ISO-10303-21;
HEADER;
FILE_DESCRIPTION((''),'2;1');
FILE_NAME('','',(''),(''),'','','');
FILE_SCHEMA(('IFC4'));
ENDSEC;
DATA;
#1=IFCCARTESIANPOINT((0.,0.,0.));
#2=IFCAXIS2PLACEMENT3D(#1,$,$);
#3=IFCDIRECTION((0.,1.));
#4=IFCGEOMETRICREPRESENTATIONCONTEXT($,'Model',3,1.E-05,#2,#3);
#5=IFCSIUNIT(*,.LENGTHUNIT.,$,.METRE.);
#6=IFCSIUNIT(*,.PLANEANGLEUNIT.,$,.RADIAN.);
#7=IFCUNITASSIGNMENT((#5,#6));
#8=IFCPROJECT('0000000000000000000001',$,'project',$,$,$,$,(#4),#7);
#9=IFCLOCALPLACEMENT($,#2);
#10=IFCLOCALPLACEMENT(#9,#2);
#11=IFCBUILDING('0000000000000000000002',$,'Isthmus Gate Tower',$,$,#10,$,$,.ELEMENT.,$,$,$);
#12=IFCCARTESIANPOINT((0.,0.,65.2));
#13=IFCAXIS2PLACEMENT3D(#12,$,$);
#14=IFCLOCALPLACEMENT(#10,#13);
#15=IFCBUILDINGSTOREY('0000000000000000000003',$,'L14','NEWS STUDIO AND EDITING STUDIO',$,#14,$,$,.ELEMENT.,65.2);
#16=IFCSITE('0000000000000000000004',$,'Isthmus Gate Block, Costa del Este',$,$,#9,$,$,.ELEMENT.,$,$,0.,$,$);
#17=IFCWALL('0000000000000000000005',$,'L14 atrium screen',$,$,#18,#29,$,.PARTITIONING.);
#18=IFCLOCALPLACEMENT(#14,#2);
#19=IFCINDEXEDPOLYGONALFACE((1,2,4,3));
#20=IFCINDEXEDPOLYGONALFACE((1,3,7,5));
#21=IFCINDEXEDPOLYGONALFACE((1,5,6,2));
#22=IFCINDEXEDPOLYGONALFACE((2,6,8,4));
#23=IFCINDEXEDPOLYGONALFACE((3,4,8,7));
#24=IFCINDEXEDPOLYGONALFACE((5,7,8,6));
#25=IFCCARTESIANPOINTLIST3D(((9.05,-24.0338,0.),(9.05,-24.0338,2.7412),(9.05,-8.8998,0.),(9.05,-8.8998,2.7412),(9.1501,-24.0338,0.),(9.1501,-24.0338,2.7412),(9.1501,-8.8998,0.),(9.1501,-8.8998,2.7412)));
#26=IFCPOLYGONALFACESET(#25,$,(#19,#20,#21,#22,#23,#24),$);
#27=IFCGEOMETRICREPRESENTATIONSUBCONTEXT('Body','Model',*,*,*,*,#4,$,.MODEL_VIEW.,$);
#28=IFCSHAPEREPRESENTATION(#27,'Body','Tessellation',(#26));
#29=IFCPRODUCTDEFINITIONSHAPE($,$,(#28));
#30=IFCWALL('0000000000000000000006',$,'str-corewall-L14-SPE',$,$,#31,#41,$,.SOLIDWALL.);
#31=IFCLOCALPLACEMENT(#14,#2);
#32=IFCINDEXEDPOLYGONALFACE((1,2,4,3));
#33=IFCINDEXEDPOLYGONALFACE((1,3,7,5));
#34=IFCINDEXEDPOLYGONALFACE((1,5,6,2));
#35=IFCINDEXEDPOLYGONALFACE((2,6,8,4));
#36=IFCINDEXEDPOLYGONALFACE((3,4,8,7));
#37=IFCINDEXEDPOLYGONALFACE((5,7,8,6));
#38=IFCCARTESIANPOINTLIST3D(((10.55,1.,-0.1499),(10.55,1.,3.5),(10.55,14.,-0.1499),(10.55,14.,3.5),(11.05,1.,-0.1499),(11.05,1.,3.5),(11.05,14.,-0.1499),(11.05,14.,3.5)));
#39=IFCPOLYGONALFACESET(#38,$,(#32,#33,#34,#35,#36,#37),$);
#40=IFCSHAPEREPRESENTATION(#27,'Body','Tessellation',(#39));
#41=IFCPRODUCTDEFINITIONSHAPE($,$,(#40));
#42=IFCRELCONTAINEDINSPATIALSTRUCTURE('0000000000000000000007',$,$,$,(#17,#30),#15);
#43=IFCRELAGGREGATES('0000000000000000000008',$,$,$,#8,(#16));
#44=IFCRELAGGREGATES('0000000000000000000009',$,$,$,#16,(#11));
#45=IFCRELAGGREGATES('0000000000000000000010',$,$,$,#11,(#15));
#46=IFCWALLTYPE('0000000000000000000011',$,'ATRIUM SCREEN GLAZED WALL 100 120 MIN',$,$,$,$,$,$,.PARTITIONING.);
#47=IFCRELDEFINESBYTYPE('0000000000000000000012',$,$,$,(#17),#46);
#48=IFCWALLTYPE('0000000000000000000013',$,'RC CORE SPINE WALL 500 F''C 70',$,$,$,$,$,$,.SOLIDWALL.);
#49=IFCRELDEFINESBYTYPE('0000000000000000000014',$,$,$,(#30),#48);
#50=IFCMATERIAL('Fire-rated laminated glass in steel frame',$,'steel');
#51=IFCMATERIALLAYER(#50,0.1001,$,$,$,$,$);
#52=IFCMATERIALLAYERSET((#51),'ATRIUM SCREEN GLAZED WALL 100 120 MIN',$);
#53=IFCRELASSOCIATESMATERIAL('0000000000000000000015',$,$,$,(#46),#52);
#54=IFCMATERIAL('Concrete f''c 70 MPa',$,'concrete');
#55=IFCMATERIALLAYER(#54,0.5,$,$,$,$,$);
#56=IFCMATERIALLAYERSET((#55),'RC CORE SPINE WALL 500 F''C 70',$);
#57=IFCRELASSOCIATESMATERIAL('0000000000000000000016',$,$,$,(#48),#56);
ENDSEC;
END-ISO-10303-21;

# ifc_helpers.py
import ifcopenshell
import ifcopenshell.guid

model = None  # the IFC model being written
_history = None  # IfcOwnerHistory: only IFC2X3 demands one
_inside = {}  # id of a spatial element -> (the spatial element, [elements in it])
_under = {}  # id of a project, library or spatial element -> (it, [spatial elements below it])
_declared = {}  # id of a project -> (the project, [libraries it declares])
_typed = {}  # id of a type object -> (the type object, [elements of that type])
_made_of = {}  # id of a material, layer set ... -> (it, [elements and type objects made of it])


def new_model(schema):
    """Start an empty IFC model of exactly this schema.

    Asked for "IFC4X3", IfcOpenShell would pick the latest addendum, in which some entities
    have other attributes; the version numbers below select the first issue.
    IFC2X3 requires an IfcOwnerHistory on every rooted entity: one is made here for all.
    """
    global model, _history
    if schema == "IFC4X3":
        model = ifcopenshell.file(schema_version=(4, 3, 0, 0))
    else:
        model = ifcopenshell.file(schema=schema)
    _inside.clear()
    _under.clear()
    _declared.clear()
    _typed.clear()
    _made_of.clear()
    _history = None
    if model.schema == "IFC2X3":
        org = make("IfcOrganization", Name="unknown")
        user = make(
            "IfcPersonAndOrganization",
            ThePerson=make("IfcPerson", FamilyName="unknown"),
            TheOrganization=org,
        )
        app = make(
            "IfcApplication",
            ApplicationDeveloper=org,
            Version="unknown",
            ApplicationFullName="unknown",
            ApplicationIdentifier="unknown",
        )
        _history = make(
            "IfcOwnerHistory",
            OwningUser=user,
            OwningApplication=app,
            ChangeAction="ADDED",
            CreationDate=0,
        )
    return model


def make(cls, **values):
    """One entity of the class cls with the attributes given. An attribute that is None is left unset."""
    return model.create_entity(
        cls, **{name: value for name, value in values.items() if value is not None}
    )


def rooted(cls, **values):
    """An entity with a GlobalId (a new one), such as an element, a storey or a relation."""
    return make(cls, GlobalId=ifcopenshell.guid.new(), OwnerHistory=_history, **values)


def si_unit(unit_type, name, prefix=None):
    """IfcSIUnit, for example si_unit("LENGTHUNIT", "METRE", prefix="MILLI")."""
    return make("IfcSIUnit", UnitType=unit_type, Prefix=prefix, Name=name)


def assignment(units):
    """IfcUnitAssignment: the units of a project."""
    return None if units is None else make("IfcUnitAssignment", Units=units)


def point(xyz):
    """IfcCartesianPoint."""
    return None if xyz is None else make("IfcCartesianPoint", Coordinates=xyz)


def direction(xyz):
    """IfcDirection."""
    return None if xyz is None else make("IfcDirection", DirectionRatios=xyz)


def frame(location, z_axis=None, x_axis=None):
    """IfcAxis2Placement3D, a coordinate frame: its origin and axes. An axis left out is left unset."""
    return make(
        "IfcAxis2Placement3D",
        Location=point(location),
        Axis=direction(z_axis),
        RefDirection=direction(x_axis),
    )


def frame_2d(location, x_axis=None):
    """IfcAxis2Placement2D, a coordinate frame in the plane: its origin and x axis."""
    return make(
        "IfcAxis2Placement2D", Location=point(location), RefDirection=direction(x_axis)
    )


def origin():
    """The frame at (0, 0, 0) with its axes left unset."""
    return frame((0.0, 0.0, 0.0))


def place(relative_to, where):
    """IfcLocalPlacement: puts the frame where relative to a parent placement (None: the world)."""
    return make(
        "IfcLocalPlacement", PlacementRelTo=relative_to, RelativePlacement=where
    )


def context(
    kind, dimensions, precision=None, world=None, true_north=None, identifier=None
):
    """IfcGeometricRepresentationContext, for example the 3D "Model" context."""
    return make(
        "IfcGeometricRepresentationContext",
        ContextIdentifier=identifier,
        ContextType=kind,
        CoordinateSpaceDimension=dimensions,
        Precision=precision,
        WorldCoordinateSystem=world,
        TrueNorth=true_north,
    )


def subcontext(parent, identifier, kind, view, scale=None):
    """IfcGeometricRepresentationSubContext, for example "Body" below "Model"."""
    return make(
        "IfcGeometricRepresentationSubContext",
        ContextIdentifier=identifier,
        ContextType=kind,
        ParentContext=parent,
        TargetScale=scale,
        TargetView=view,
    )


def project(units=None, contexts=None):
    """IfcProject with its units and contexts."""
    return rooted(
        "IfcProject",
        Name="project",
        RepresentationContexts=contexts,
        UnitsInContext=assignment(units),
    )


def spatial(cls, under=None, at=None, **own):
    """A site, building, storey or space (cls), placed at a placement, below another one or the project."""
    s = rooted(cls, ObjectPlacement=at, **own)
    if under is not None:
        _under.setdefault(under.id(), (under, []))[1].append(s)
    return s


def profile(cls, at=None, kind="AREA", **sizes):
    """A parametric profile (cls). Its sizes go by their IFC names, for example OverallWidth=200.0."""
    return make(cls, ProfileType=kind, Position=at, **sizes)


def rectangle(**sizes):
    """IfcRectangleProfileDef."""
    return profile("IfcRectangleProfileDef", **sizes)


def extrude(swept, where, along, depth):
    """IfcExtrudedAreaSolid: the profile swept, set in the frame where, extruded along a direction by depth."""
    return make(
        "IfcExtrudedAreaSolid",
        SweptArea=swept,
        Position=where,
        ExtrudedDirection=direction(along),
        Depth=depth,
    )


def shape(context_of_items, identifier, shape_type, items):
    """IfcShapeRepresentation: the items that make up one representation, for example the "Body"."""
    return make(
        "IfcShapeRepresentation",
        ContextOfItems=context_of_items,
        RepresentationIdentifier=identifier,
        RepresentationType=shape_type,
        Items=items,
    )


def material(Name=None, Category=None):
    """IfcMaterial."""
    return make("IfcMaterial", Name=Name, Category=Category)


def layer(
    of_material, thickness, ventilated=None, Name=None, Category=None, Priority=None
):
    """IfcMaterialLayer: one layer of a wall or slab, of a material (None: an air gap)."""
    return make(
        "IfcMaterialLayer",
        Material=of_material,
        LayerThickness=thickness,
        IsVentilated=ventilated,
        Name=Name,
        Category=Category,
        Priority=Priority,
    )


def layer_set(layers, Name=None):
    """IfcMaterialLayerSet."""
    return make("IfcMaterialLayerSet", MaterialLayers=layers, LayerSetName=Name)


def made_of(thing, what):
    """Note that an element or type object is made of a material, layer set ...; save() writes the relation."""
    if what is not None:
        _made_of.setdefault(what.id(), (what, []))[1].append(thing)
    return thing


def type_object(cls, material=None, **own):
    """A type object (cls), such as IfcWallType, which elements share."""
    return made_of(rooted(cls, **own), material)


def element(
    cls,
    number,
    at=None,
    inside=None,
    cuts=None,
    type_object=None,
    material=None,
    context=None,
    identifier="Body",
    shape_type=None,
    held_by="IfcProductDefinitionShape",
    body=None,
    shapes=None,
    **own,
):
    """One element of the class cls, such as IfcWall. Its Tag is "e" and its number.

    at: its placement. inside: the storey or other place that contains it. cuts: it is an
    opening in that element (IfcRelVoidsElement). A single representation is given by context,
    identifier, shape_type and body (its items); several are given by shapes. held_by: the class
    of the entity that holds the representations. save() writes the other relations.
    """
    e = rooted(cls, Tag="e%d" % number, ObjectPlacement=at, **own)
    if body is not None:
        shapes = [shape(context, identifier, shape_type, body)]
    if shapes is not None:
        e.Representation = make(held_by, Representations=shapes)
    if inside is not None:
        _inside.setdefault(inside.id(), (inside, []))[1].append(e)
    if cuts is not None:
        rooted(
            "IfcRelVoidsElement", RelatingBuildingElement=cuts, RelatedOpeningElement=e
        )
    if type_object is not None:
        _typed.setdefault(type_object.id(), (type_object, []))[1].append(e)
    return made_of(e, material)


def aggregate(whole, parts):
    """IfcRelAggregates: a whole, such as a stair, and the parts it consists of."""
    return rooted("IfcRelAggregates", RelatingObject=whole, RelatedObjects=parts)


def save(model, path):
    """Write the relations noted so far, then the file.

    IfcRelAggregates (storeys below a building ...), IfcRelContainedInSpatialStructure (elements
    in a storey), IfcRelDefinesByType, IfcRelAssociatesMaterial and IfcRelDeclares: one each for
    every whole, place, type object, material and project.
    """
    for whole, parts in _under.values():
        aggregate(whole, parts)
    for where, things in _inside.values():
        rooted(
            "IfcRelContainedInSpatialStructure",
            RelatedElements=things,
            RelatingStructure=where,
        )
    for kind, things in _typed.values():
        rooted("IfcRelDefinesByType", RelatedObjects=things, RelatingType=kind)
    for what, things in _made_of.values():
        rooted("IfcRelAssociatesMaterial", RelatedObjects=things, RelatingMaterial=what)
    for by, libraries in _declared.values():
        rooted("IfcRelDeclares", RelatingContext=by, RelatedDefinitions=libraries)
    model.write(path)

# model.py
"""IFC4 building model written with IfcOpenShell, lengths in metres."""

from ifc_helpers import new_model, si_unit, direction, frame, frame_2d, origin, place, context, subcontext, project, spatial, rectangle, extrude, material, layer, layer_set, type_object, element, save


model = new_model("IFC4")

# Units and contexts
model_context = context("Model", 3, precision=1e-05, world=origin(), true_north=direction((0.0, 1.0)))
body_context = subcontext(model_context, "Body", "Model", "MODEL_VIEW")
ifc_project = project(units=[si_unit("LENGTHUNIT", "METRE"), si_unit("PLANEANGLEUNIT", "RADIAN")], contexts=[model_context])

# Site, building, storey
site_placement = place(None, origin())
site = spatial("IfcSite", under=ifc_project, at=site_placement, Name="Isthmus Gate Block, Costa del Este", CompositionType="ELEMENT", RefElevation=0.0)
building_placement = place(site_placement, origin())
building = spatial("IfcBuilding", under=site, at=building_placement, Name="Isthmus Gate Tower", CompositionType="ELEMENT")
storey_placement = place(building_placement, frame((0.0, 0.0, 65.2)))
storey = spatial("IfcBuildingStorey", under=building, at=storey_placement, Name="L14", Description="NEWS STUDIO AND EDITING STUDIO", CompositionType="ELEMENT", Elevation=65.2)

# Walls
ifc_material_1 = material(Name="Fire-rated laminated glass in steel frame", Category="steel")
ifc_layer_1 = layer(ifc_material_1, 0.1001)
ifc_layer_set_1 = layer_set([ifc_layer_1], Name="ATRIUM SCREEN GLAZED WALL 100 120 MIN")
wall_type_1 = type_object("IfcWallType", Name="ATRIUM SCREEN GLAZED WALL 100 120 MIN", PredefinedType="PARTITIONING", material=ifc_layer_set_1)
wall_1_placement = place(storey_placement, frame((9.1001, -8.8999, 0.0), z_axis=(0.0, 0.0, 1.0), x_axis=(0.0, -1.0, 0.0)))
element("IfcWall", 1, at=wall_1_placement, inside=storey, type_object=wall_type_1, Name="L14 atrium screen", PredefinedType="PARTITIONING", context=body_context, shape_type="SweptSolid", body=[
    extrude(rectangle(XDim=15.134, YDim=0.1001, at=frame_2d((7.5669, 0.0))), origin(), (0.0, 0.0, 1.0), 2.7412),
])
ifc_material_2 = material(Name="Concrete f'c 70 MPa", Category="concrete")
ifc_layer_2 = layer(ifc_material_2, 0.5)
ifc_layer_set_2 = layer_set([ifc_layer_2], Name="RC CORE SPINE WALL 500 F'C 70")
wall_type_2 = type_object("IfcWallType", Name="RC CORE SPINE WALL 500 F'C 70", PredefinedType="SOLIDWALL", material=ifc_layer_set_2)
wall_2_placement = place(storey_placement, frame((10.8, 1.0, -0.1499), z_axis=(0.0, 0.0, 1.0), x_axis=(0.0, 1.0, 0.0)))
element("IfcWall", 2, at=wall_2_placement, inside=storey, type_object=wall_type_2, Name="str-corewall-L14-SPE", PredefinedType="SOLIDWALL", context=body_context, shape_type="SweptSolid", body=[
    extrude(rectangle(XDim=13.0, YDim=0.5, at=frame_2d((6.5, 0.0))), origin(), (0.0, 0.0, 1.0), 3.6499),
])

save(model, "model.ifc")
